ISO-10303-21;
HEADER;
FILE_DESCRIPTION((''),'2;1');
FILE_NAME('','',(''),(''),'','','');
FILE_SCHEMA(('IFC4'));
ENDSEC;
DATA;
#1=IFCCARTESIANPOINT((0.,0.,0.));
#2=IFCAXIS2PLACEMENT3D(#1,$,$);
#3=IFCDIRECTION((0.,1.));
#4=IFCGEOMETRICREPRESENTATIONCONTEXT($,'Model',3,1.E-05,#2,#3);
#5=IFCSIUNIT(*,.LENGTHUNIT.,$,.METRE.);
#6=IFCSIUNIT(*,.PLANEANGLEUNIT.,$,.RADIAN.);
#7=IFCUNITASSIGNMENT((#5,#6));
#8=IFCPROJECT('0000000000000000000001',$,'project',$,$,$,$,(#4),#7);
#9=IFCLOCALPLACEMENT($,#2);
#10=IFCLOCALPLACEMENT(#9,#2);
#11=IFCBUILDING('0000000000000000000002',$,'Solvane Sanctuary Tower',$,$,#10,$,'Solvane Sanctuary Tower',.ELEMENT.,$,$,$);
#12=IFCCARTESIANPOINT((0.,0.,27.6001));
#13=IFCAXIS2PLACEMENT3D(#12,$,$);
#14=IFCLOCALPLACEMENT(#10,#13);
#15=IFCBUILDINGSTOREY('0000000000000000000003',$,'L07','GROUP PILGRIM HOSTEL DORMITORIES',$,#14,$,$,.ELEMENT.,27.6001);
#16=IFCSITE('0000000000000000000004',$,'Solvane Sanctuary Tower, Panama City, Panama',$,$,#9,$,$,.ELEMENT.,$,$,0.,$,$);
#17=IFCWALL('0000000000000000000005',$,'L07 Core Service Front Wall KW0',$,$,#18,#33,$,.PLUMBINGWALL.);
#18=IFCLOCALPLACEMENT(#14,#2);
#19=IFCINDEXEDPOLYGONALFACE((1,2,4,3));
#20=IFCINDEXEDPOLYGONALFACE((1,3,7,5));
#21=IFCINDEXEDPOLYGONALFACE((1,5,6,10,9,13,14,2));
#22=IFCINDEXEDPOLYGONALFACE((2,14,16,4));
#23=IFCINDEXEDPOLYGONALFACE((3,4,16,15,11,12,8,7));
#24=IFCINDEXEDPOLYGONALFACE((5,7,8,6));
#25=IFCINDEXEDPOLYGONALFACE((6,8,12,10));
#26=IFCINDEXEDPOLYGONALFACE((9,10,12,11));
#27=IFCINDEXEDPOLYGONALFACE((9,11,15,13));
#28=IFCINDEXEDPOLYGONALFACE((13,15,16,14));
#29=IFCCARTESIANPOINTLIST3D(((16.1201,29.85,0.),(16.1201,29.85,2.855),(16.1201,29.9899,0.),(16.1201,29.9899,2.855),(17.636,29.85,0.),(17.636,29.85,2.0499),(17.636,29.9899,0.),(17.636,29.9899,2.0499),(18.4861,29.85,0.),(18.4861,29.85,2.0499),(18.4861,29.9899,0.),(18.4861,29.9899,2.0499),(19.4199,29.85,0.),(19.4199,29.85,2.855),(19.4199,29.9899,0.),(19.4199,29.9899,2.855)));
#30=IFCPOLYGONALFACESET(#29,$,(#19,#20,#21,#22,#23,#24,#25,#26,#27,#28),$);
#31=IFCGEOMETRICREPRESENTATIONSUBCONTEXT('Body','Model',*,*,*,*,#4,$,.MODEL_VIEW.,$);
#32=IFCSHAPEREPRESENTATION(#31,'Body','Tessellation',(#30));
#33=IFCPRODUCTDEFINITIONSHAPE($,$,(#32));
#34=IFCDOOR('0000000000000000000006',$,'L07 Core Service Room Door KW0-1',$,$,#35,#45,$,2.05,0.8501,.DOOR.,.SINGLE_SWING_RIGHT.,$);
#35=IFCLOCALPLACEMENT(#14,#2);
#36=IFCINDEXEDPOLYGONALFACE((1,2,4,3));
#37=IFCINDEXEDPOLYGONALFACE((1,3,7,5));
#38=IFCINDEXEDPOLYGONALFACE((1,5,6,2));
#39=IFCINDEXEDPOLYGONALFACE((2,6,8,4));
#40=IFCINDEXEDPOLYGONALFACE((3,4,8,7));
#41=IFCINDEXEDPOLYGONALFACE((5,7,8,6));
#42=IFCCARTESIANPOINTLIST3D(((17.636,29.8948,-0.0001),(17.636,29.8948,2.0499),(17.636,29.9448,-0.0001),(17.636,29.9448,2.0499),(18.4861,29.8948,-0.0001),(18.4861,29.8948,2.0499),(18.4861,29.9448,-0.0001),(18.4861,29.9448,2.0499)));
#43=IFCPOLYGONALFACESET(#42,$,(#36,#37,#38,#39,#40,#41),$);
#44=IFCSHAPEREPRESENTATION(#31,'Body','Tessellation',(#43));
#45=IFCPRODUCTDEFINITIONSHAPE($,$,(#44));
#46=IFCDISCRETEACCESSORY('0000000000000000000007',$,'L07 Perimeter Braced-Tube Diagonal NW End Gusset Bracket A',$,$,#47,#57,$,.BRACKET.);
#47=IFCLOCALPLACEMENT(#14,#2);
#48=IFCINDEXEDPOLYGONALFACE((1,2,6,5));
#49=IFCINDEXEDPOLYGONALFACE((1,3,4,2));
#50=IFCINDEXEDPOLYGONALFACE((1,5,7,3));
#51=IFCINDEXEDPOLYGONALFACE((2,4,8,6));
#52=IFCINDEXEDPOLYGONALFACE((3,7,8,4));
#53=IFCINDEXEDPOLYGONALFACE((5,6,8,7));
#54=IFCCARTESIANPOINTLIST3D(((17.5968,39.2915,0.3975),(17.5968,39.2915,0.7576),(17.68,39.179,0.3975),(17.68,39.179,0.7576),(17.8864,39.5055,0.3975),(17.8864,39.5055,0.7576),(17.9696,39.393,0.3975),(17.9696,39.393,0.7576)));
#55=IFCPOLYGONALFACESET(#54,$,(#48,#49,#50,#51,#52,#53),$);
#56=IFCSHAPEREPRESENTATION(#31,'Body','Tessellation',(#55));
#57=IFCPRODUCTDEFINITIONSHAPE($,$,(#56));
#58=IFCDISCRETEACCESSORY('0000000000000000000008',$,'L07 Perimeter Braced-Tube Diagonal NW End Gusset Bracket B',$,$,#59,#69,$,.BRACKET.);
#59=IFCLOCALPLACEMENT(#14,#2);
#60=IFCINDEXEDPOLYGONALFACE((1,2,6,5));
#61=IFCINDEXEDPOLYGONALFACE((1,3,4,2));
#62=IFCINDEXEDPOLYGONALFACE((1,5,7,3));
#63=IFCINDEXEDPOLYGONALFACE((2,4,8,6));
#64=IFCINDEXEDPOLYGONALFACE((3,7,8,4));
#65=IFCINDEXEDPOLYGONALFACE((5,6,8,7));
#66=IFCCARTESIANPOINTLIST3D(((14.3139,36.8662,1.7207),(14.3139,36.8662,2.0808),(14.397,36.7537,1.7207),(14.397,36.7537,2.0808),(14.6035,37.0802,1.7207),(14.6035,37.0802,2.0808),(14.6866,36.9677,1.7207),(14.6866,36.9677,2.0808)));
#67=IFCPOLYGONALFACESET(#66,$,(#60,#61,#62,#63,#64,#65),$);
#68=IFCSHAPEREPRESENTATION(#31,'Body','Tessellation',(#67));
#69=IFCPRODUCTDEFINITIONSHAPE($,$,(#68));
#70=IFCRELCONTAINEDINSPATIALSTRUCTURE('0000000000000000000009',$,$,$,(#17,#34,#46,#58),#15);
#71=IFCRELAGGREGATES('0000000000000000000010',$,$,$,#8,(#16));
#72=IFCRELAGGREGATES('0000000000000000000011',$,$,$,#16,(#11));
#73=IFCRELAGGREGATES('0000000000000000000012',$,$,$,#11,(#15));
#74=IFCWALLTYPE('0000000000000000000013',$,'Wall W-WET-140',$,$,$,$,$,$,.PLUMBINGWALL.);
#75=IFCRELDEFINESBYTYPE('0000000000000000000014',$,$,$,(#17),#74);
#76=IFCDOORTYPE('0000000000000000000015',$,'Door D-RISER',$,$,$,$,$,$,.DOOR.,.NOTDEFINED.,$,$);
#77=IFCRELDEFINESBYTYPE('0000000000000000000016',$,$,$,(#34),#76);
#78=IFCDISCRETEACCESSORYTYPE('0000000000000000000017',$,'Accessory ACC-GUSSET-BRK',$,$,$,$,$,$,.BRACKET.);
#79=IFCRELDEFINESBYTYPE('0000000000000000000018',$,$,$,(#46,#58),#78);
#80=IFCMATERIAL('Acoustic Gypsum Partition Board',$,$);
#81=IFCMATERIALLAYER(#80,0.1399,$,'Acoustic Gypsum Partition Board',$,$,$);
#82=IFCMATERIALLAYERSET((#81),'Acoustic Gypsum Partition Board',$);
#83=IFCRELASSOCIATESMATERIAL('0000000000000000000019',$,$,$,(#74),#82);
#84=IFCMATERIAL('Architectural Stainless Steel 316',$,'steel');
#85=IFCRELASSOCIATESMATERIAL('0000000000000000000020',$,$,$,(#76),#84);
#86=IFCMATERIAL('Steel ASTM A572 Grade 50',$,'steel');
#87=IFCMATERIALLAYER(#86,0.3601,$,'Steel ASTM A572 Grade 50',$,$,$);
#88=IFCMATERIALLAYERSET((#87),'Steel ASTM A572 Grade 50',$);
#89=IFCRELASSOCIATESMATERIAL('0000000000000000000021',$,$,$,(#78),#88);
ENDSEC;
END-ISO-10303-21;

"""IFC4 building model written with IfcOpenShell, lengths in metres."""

from ifc_helpers import new_model, si_unit, direction, frame, frame_2d, origin, origin_2d, place, context, subcontext, project, spatial, rectangle, extrude, material, layer, layer_set, type_object, element, fill, save


model = new_model("IFC4")

# Units and contexts
model_context = context("Model", 3, precision=1e-05, world=origin(), true_north=direction((0.0, 1.0)))
body_context = subcontext(model_context, "Body", "Model", "MODEL_VIEW")
ifc_project = project(units=[si_unit("LENGTHUNIT", "METRE"), si_unit("PLANEANGLEUNIT", "RADIAN")], contexts=[model_context])

# Site, building, storey
site_placement = place(None, origin())
site = spatial("IfcSite", under=ifc_project, at=site_placement, Name="Solvane Sanctuary Tower, Panama City, Panama", CompositionType="ELEMENT", RefElevation=0.0)
building_placement = place(site_placement, origin())
building = spatial("IfcBuilding", under=site, at=building_placement, Name="Solvane Sanctuary Tower", LongName="Solvane Sanctuary Tower", CompositionType="ELEMENT")
storey_placement = place(building_placement, frame((0.0, 0.0, 27.6001)))
storey = spatial("IfcBuildingStorey", under=building, at=storey_placement, Name="L07", Description="GROUP PILGRIM HOSTEL DORMITORIES", CompositionType="ELEMENT", Elevation=27.6001)

# Shared definitions
ifc_material_1 = material(Name="Acoustic Gypsum Partition Board")

# Wall, opening, door
ifc_material_2 = material(Name="Architectural Stainless Steel 316", Category="steel")
ifc_layer_1 = layer(ifc_material_1, 0.1399, Name="Acoustic Gypsum Partition Board")
ifc_layer_set_1 = layer_set([ifc_layer_1], Name="Acoustic Gypsum Partition Board")
wall_type_1 = type_object("IfcWallType", Name="Wall W-WET-140", PredefinedType="PLUMBINGWALL", material=ifc_layer_set_1)
wall_1_placement = place(storey_placement, frame((16.1201, 29.9199, 0.0), z_axis=(0.0, 0.0, 1.0), x_axis=(1.0, 0.0, 0.0)))
wall_1 = element("IfcWall", 1, at=wall_1_placement, inside=storey, type_object=wall_type_1, Name="L07 Core Service Front Wall KW0", PredefinedType="PLUMBINGWALL", context=body_context, shape_type="SweptSolid", body=[
    extrude(rectangle(XDim=3.2998, YDim=0.1399, at=frame_2d((1.6499, 0.0))), origin(), (0.0, 0.0, 1.0), 2.855),
])
opening_1_placement = place(wall_1_placement, frame((1.5159, 0.0, 0.0)))
opening_1 = element("IfcOpeningElement", 2, at=opening_1_placement, cuts=wall_1, PredefinedType="OPENING", context=body_context, shape_type="SweptSolid", body=[
    extrude(rectangle(XDim=0.8501, YDim=2.05, at=frame_2d((0.425, 1.0249))), frame((0.0, 0.0798, 0.0), z_axis=(0.0, -1.0, 0.0), x_axis=(1.0, 0.0, 0.0)), (0.0, 0.0, 1.0), 0.1599),
])
door_type_1 = type_object("IfcDoorType", Name="Door D-RISER", OperationType="NOTDEFINED", PredefinedType="DOOR", material=ifc_material_2)
door_1_placement = place(opening_1_placement, origin())
door_1 = element("IfcDoor", 3, at=door_1_placement, inside=storey, type_object=door_type_1, Name="L07 Core Service Room Door KW0-1", OperationType="SINGLE_SWING_RIGHT", OverallHeight=2.05, OverallWidth=0.8501, PredefinedType="DOOR", context=body_context, shape_type="SweptSolid", body=[
    extrude(rectangle(XDim=0.8501, YDim=2.05, at=frame_2d((0.425, 1.0249))), frame((0.0, 0.0249, 0.0), z_axis=(0.0, -1.0, 0.0), x_axis=(1.0, 0.0, 0.0)), (0.0, 0.0, 1.0), 0.05),
])
fill(opening_1, door_1)

# Discrete accessories
ifc_material_3 = material(Name="Steel ASTM A572 Grade 50", Category="steel")
ifc_layer_2 = layer(ifc_material_3, 0.3601, Name="Steel ASTM A572 Grade 50")
ifc_layer_set_2 = layer_set([ifc_layer_2], Name="Steel ASTM A572 Grade 50")
discrete_accessory_type = type_object("IfcDiscreteAccessoryType", Name="Accessory ACC-GUSSET-BRK", PredefinedType="BRACKET", material=ifc_layer_set_2)
for number, where, z_axis, x_axis, name in (
    (4, (17.7832, 39.3423, 0.3975), (0.0, 0.0, 1.0), (-0.804272, -0.594261, 0.0), "L07 Perimeter Braced-Tube Diagonal NW End Gusset Bracket A"),
    (5, (14.5002, 36.917, 1.7207), (0.0, 0.0, 1.0), (-0.804272, -0.594261, 0.0), "L07 Perimeter Braced-Tube Diagonal NW End Gusset Bracket B"),
):
    element("IfcDiscreteAccessory", number, at=place(storey_placement, frame(where, z_axis=z_axis, x_axis=x_axis)), inside=storey, type_object=discrete_accessory_type, Name=name, PredefinedType="BRACKET", context=body_context, shape_type="SweptSolid", body=[
        extrude(rectangle(XDim=0.3601, YDim=0.1399, at=origin_2d()), origin(), (0.0, 0.0, 1.0), 0.3601),
    ])

save(model, "model.ifc")
